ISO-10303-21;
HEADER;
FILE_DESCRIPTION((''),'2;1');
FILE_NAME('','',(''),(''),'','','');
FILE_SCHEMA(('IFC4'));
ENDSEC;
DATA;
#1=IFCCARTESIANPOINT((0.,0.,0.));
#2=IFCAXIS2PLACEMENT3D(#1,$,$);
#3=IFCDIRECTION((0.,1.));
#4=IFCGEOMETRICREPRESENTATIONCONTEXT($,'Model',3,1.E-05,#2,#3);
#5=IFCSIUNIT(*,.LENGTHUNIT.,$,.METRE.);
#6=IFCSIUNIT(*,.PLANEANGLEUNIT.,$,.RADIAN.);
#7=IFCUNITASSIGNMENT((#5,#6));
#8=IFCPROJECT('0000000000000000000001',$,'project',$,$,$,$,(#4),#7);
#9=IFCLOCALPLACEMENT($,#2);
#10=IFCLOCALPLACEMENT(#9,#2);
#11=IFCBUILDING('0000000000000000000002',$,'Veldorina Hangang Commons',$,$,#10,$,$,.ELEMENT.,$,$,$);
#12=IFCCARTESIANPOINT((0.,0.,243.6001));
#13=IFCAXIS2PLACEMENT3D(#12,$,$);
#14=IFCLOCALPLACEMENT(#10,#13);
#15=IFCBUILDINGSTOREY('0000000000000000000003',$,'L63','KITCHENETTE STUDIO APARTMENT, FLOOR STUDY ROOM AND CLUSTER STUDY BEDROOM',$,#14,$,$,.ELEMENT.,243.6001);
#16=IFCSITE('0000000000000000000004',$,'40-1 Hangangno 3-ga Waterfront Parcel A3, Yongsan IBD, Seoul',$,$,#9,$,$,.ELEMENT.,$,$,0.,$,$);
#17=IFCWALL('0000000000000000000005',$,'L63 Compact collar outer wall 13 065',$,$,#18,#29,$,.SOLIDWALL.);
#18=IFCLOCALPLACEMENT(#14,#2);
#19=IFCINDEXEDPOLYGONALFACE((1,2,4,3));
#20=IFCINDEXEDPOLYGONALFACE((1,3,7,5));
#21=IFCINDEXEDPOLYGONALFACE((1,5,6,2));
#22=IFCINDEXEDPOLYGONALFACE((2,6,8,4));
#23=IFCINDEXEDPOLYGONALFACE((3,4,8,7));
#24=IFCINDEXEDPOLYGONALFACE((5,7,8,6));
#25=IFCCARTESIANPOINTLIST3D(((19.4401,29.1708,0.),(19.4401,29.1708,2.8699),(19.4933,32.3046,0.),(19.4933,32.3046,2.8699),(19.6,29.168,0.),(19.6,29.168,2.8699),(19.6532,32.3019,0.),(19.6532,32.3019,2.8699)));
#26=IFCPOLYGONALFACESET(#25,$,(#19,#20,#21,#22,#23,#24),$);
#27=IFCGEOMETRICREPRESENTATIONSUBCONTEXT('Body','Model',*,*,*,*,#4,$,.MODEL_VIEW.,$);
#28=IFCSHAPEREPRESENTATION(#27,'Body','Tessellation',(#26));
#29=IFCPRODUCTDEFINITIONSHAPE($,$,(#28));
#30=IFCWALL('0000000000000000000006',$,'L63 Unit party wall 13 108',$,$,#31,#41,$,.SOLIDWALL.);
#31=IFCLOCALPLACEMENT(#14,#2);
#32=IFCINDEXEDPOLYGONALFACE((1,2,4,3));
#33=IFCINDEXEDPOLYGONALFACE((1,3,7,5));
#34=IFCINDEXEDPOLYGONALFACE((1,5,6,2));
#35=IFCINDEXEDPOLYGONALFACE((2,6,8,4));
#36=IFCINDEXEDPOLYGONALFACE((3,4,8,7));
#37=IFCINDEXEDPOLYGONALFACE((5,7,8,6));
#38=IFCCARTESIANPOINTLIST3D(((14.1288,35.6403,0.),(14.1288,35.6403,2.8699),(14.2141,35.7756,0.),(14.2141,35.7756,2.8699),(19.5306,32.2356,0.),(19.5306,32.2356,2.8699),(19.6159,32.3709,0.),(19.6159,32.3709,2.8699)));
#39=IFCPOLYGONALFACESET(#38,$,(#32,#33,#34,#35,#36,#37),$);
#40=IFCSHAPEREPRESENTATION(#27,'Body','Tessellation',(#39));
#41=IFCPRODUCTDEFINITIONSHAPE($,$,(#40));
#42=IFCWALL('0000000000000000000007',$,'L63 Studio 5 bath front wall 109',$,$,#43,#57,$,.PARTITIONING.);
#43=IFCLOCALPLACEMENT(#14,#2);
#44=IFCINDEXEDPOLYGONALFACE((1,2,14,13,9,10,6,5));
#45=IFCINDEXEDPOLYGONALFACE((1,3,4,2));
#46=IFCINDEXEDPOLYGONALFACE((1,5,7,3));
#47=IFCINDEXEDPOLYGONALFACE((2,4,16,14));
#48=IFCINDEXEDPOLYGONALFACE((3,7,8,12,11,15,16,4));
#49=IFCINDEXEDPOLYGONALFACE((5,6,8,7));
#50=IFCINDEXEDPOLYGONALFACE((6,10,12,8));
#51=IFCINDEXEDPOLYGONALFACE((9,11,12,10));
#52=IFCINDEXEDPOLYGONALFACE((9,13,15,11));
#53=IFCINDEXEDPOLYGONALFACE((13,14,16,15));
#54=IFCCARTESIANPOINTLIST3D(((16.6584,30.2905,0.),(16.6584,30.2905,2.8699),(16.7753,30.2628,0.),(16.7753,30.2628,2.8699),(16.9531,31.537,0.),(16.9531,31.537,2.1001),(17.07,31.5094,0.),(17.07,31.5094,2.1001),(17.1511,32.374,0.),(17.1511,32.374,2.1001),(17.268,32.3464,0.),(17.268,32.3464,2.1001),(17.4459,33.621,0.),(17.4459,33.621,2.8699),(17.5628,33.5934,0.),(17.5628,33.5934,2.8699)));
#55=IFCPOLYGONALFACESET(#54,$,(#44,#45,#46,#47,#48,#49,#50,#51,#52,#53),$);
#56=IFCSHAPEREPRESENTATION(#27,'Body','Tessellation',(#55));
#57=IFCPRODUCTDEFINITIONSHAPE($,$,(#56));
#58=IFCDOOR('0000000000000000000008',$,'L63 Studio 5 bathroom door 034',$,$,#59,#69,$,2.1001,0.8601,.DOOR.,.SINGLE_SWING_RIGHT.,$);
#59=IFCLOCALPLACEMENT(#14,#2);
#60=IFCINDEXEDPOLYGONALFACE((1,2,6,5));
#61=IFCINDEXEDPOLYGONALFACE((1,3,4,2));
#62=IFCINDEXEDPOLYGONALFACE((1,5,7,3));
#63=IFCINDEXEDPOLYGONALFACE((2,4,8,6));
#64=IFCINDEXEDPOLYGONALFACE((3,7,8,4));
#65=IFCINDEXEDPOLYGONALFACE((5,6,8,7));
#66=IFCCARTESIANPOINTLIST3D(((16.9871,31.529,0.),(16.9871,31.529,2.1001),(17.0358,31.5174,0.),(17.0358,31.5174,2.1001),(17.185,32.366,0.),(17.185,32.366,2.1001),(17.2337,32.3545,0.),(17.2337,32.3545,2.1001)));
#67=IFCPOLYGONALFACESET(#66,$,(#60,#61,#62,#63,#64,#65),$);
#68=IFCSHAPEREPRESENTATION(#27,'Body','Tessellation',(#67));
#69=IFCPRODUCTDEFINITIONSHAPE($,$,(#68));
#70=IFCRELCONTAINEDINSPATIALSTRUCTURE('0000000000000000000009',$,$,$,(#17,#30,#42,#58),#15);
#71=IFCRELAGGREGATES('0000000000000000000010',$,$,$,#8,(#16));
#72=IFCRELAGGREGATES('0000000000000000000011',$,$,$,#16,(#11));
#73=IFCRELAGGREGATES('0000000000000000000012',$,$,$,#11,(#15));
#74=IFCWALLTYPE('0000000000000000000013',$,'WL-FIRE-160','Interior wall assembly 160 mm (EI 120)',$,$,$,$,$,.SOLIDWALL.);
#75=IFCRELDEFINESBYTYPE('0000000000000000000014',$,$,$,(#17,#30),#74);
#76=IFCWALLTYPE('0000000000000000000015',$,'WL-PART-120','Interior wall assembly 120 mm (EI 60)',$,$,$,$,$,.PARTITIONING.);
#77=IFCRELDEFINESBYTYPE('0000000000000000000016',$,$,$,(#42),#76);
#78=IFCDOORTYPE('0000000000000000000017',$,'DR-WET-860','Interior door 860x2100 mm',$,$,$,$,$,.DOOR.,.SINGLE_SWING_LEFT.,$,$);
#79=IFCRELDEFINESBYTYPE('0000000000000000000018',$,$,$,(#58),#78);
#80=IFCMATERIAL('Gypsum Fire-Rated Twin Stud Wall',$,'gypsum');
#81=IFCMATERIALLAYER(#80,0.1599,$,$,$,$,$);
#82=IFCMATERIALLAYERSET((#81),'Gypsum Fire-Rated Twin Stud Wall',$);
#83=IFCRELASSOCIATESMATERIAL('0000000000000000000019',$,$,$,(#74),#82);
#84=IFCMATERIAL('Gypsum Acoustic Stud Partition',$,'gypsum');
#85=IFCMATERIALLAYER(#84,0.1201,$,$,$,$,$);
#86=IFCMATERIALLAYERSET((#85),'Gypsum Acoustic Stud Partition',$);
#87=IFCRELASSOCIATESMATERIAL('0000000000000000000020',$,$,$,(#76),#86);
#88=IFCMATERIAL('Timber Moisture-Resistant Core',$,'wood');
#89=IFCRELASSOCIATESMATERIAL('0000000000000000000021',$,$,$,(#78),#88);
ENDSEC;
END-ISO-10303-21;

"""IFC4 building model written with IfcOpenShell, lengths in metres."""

from ifc_helpers import new_model, si_unit, direction, frame, frame_2d, origin, place, context, subcontext, project, spatial, rectangle, extrude, material, layer, layer_set, type_object, element, fill, save


model = new_model("IFC4")

# Units and contexts
model_context = context("Model", 3, precision=1e-05, world=origin(), true_north=direction((0.0, 1.0)))
body_context = subcontext(model_context, "Body", "Model", "MODEL_VIEW")
ifc_project = project(units=[si_unit("LENGTHUNIT", "METRE"), si_unit("PLANEANGLEUNIT", "RADIAN")], contexts=[model_context])

# Site, building, storey
site_placement = place(None, origin())
site = spatial("IfcSite", under=ifc_project, at=site_placement, Name="40-1 Hangangno 3-ga Waterfront Parcel A3, Yongsan IBD, Seoul", CompositionType="ELEMENT", RefElevation=0.0)
building_placement = place(site_placement, origin())
building = spatial("IfcBuilding", under=site, at=building_placement, Name="Veldorina Hangang Commons", CompositionType="ELEMENT")
storey_placement = place(building_placement, frame((0.0, 0.0, 243.6001)))
storey = spatial("IfcBuildingStorey", under=building, at=storey_placement, Name="L63", Description="KITCHENETTE STUDIO APARTMENT, FLOOR STUDY ROOM AND CLUSTER STUDY BEDROOM", CompositionType="ELEMENT", Elevation=243.6001)

# Walls
ifc_material_1 = material(Name="Gypsum Fire-Rated Twin Stud Wall", Category="gypsum")
ifc_layer_1 = layer(ifc_material_1, 0.1599)
ifc_layer_set_1 = layer_set([ifc_layer_1], Name="Gypsum Fire-Rated Twin Stud Wall")
wall_type_1 = type_object("IfcWallType", Name="WL-FIRE-160", Description="Interior wall assembly 160 mm (EI 120)", PredefinedType="SOLIDWALL", material=ifc_layer_set_1)
wall_1_placement = place(storey_placement, frame((19.5732, 32.3032, 0.0), z_axis=(0.0, 0.0, 1.0), x_axis=(-0.016981, -0.999856, 0.0)))
element("IfcWall", 1, at=wall_1_placement, inside=storey, type_object=wall_type_1, Name="L63 Compact collar outer wall 13 065", PredefinedType="SOLIDWALL", context=body_context, shape_type="SweptSolid", body=[
    extrude(rectangle(XDim=3.1343, YDim=0.1599, at=frame_2d((1.5671, 0.0))), origin(), (0.0, 0.0, 1.0), 2.8699),
])
wall_2_placement = place(storey_placement, frame((19.5732, 32.3032, 0.0), z_axis=(0.0, 0.0, 1.0), x_axis=(-0.845977, 0.533219, 0.0)))
element("IfcWall", 2, at=wall_2_placement, inside=storey, type_object=wall_type_1, Name="L63 Unit party wall 13 108", PredefinedType="SOLIDWALL", context=body_context, shape_type="SweptSolid", body=[
    extrude(rectangle(XDim=6.3853, YDim=0.1599, at=frame_2d((3.1926, 0.0))), origin(), (0.0, 0.0, 1.0), 2.8699),
])

# Wall, opening, door
ifc_material_2 = material(Name="Gypsum Acoustic Stud Partition", Category="gypsum")
ifc_layer_2 = layer(ifc_material_2, 0.1201)
ifc_layer_set_2 = layer_set([ifc_layer_2], Name="Gypsum Acoustic Stud Partition")
wall_type_2 = type_object("IfcWallType", Name="WL-PART-120", Description="Interior wall assembly 120 mm (EI 60)", PredefinedType="PARTITIONING", material=ifc_layer_set_2)
wall_3_placement = place(storey_placement, frame((17.5044, 33.6072, 0.0), z_axis=(0.0, 0.0, 1.0), x_axis=(-0.230129, -0.97316, 0.0)))
wall_3 = element("IfcWall", 3, at=wall_3_placement, inside=storey, type_object=wall_type_2, Name="L63 Studio 5 bath front wall 109", PredefinedType="PARTITIONING", context=body_context, shape_type="SweptSolid", body=[
    extrude(rectangle(XDim=3.4224, YDim=0.1201, at=frame_2d((1.7112, 0.0))), origin(), (0.0, 0.0, 1.0), 2.8699),
])
opening_1_placement = place(wall_3_placement, frame((1.2812, 0.0, 0.0)))
opening_1 = element("IfcOpeningElement", 4, at=opening_1_placement, cuts=wall_3, PredefinedType="OPENING", context=body_context, shape_type="SweptSolid", body=[
    extrude(rectangle(XDim=0.8601, YDim=2.1001, at=frame_2d((0.4302, 1.05))), frame((0.0, 0.0701, 0.0), z_axis=(0.0, -1.0, 0.0), x_axis=(1.0, 0.0, 0.0)), (0.0, 0.0, 1.0), 0.1401),
])
ifc_material_3 = material(Name="Timber Moisture-Resistant Core", Category="wood")
door_type = type_object("IfcDoorType", Name="DR-WET-860", Description="Interior door 860x2100 mm", OperationType="SINGLE_SWING_LEFT", PredefinedType="DOOR", material=ifc_material_3)
door_placement = place(opening_1_placement, origin())
door = element("IfcDoor", 5, at=door_placement, inside=storey, type_object=door_type, Name="L63 Studio 5 bathroom door 034", OperationType="SINGLE_SWING_RIGHT", OverallHeight=2.1001, OverallWidth=0.8601, PredefinedType="DOOR", context=body_context, shape_type="SweptSolid", body=[
    extrude(rectangle(XDim=0.8601, YDim=2.1001, at=frame_2d((0.4302, 1.05))), frame((0.0, 0.0249, 0.0), z_axis=(0.0, -1.0, 0.0), x_axis=(1.0, 0.0, 0.0)), (0.0, 0.0, 1.0), 0.05),
])
fill(opening_1, door)

save(model, "model.ifc")
